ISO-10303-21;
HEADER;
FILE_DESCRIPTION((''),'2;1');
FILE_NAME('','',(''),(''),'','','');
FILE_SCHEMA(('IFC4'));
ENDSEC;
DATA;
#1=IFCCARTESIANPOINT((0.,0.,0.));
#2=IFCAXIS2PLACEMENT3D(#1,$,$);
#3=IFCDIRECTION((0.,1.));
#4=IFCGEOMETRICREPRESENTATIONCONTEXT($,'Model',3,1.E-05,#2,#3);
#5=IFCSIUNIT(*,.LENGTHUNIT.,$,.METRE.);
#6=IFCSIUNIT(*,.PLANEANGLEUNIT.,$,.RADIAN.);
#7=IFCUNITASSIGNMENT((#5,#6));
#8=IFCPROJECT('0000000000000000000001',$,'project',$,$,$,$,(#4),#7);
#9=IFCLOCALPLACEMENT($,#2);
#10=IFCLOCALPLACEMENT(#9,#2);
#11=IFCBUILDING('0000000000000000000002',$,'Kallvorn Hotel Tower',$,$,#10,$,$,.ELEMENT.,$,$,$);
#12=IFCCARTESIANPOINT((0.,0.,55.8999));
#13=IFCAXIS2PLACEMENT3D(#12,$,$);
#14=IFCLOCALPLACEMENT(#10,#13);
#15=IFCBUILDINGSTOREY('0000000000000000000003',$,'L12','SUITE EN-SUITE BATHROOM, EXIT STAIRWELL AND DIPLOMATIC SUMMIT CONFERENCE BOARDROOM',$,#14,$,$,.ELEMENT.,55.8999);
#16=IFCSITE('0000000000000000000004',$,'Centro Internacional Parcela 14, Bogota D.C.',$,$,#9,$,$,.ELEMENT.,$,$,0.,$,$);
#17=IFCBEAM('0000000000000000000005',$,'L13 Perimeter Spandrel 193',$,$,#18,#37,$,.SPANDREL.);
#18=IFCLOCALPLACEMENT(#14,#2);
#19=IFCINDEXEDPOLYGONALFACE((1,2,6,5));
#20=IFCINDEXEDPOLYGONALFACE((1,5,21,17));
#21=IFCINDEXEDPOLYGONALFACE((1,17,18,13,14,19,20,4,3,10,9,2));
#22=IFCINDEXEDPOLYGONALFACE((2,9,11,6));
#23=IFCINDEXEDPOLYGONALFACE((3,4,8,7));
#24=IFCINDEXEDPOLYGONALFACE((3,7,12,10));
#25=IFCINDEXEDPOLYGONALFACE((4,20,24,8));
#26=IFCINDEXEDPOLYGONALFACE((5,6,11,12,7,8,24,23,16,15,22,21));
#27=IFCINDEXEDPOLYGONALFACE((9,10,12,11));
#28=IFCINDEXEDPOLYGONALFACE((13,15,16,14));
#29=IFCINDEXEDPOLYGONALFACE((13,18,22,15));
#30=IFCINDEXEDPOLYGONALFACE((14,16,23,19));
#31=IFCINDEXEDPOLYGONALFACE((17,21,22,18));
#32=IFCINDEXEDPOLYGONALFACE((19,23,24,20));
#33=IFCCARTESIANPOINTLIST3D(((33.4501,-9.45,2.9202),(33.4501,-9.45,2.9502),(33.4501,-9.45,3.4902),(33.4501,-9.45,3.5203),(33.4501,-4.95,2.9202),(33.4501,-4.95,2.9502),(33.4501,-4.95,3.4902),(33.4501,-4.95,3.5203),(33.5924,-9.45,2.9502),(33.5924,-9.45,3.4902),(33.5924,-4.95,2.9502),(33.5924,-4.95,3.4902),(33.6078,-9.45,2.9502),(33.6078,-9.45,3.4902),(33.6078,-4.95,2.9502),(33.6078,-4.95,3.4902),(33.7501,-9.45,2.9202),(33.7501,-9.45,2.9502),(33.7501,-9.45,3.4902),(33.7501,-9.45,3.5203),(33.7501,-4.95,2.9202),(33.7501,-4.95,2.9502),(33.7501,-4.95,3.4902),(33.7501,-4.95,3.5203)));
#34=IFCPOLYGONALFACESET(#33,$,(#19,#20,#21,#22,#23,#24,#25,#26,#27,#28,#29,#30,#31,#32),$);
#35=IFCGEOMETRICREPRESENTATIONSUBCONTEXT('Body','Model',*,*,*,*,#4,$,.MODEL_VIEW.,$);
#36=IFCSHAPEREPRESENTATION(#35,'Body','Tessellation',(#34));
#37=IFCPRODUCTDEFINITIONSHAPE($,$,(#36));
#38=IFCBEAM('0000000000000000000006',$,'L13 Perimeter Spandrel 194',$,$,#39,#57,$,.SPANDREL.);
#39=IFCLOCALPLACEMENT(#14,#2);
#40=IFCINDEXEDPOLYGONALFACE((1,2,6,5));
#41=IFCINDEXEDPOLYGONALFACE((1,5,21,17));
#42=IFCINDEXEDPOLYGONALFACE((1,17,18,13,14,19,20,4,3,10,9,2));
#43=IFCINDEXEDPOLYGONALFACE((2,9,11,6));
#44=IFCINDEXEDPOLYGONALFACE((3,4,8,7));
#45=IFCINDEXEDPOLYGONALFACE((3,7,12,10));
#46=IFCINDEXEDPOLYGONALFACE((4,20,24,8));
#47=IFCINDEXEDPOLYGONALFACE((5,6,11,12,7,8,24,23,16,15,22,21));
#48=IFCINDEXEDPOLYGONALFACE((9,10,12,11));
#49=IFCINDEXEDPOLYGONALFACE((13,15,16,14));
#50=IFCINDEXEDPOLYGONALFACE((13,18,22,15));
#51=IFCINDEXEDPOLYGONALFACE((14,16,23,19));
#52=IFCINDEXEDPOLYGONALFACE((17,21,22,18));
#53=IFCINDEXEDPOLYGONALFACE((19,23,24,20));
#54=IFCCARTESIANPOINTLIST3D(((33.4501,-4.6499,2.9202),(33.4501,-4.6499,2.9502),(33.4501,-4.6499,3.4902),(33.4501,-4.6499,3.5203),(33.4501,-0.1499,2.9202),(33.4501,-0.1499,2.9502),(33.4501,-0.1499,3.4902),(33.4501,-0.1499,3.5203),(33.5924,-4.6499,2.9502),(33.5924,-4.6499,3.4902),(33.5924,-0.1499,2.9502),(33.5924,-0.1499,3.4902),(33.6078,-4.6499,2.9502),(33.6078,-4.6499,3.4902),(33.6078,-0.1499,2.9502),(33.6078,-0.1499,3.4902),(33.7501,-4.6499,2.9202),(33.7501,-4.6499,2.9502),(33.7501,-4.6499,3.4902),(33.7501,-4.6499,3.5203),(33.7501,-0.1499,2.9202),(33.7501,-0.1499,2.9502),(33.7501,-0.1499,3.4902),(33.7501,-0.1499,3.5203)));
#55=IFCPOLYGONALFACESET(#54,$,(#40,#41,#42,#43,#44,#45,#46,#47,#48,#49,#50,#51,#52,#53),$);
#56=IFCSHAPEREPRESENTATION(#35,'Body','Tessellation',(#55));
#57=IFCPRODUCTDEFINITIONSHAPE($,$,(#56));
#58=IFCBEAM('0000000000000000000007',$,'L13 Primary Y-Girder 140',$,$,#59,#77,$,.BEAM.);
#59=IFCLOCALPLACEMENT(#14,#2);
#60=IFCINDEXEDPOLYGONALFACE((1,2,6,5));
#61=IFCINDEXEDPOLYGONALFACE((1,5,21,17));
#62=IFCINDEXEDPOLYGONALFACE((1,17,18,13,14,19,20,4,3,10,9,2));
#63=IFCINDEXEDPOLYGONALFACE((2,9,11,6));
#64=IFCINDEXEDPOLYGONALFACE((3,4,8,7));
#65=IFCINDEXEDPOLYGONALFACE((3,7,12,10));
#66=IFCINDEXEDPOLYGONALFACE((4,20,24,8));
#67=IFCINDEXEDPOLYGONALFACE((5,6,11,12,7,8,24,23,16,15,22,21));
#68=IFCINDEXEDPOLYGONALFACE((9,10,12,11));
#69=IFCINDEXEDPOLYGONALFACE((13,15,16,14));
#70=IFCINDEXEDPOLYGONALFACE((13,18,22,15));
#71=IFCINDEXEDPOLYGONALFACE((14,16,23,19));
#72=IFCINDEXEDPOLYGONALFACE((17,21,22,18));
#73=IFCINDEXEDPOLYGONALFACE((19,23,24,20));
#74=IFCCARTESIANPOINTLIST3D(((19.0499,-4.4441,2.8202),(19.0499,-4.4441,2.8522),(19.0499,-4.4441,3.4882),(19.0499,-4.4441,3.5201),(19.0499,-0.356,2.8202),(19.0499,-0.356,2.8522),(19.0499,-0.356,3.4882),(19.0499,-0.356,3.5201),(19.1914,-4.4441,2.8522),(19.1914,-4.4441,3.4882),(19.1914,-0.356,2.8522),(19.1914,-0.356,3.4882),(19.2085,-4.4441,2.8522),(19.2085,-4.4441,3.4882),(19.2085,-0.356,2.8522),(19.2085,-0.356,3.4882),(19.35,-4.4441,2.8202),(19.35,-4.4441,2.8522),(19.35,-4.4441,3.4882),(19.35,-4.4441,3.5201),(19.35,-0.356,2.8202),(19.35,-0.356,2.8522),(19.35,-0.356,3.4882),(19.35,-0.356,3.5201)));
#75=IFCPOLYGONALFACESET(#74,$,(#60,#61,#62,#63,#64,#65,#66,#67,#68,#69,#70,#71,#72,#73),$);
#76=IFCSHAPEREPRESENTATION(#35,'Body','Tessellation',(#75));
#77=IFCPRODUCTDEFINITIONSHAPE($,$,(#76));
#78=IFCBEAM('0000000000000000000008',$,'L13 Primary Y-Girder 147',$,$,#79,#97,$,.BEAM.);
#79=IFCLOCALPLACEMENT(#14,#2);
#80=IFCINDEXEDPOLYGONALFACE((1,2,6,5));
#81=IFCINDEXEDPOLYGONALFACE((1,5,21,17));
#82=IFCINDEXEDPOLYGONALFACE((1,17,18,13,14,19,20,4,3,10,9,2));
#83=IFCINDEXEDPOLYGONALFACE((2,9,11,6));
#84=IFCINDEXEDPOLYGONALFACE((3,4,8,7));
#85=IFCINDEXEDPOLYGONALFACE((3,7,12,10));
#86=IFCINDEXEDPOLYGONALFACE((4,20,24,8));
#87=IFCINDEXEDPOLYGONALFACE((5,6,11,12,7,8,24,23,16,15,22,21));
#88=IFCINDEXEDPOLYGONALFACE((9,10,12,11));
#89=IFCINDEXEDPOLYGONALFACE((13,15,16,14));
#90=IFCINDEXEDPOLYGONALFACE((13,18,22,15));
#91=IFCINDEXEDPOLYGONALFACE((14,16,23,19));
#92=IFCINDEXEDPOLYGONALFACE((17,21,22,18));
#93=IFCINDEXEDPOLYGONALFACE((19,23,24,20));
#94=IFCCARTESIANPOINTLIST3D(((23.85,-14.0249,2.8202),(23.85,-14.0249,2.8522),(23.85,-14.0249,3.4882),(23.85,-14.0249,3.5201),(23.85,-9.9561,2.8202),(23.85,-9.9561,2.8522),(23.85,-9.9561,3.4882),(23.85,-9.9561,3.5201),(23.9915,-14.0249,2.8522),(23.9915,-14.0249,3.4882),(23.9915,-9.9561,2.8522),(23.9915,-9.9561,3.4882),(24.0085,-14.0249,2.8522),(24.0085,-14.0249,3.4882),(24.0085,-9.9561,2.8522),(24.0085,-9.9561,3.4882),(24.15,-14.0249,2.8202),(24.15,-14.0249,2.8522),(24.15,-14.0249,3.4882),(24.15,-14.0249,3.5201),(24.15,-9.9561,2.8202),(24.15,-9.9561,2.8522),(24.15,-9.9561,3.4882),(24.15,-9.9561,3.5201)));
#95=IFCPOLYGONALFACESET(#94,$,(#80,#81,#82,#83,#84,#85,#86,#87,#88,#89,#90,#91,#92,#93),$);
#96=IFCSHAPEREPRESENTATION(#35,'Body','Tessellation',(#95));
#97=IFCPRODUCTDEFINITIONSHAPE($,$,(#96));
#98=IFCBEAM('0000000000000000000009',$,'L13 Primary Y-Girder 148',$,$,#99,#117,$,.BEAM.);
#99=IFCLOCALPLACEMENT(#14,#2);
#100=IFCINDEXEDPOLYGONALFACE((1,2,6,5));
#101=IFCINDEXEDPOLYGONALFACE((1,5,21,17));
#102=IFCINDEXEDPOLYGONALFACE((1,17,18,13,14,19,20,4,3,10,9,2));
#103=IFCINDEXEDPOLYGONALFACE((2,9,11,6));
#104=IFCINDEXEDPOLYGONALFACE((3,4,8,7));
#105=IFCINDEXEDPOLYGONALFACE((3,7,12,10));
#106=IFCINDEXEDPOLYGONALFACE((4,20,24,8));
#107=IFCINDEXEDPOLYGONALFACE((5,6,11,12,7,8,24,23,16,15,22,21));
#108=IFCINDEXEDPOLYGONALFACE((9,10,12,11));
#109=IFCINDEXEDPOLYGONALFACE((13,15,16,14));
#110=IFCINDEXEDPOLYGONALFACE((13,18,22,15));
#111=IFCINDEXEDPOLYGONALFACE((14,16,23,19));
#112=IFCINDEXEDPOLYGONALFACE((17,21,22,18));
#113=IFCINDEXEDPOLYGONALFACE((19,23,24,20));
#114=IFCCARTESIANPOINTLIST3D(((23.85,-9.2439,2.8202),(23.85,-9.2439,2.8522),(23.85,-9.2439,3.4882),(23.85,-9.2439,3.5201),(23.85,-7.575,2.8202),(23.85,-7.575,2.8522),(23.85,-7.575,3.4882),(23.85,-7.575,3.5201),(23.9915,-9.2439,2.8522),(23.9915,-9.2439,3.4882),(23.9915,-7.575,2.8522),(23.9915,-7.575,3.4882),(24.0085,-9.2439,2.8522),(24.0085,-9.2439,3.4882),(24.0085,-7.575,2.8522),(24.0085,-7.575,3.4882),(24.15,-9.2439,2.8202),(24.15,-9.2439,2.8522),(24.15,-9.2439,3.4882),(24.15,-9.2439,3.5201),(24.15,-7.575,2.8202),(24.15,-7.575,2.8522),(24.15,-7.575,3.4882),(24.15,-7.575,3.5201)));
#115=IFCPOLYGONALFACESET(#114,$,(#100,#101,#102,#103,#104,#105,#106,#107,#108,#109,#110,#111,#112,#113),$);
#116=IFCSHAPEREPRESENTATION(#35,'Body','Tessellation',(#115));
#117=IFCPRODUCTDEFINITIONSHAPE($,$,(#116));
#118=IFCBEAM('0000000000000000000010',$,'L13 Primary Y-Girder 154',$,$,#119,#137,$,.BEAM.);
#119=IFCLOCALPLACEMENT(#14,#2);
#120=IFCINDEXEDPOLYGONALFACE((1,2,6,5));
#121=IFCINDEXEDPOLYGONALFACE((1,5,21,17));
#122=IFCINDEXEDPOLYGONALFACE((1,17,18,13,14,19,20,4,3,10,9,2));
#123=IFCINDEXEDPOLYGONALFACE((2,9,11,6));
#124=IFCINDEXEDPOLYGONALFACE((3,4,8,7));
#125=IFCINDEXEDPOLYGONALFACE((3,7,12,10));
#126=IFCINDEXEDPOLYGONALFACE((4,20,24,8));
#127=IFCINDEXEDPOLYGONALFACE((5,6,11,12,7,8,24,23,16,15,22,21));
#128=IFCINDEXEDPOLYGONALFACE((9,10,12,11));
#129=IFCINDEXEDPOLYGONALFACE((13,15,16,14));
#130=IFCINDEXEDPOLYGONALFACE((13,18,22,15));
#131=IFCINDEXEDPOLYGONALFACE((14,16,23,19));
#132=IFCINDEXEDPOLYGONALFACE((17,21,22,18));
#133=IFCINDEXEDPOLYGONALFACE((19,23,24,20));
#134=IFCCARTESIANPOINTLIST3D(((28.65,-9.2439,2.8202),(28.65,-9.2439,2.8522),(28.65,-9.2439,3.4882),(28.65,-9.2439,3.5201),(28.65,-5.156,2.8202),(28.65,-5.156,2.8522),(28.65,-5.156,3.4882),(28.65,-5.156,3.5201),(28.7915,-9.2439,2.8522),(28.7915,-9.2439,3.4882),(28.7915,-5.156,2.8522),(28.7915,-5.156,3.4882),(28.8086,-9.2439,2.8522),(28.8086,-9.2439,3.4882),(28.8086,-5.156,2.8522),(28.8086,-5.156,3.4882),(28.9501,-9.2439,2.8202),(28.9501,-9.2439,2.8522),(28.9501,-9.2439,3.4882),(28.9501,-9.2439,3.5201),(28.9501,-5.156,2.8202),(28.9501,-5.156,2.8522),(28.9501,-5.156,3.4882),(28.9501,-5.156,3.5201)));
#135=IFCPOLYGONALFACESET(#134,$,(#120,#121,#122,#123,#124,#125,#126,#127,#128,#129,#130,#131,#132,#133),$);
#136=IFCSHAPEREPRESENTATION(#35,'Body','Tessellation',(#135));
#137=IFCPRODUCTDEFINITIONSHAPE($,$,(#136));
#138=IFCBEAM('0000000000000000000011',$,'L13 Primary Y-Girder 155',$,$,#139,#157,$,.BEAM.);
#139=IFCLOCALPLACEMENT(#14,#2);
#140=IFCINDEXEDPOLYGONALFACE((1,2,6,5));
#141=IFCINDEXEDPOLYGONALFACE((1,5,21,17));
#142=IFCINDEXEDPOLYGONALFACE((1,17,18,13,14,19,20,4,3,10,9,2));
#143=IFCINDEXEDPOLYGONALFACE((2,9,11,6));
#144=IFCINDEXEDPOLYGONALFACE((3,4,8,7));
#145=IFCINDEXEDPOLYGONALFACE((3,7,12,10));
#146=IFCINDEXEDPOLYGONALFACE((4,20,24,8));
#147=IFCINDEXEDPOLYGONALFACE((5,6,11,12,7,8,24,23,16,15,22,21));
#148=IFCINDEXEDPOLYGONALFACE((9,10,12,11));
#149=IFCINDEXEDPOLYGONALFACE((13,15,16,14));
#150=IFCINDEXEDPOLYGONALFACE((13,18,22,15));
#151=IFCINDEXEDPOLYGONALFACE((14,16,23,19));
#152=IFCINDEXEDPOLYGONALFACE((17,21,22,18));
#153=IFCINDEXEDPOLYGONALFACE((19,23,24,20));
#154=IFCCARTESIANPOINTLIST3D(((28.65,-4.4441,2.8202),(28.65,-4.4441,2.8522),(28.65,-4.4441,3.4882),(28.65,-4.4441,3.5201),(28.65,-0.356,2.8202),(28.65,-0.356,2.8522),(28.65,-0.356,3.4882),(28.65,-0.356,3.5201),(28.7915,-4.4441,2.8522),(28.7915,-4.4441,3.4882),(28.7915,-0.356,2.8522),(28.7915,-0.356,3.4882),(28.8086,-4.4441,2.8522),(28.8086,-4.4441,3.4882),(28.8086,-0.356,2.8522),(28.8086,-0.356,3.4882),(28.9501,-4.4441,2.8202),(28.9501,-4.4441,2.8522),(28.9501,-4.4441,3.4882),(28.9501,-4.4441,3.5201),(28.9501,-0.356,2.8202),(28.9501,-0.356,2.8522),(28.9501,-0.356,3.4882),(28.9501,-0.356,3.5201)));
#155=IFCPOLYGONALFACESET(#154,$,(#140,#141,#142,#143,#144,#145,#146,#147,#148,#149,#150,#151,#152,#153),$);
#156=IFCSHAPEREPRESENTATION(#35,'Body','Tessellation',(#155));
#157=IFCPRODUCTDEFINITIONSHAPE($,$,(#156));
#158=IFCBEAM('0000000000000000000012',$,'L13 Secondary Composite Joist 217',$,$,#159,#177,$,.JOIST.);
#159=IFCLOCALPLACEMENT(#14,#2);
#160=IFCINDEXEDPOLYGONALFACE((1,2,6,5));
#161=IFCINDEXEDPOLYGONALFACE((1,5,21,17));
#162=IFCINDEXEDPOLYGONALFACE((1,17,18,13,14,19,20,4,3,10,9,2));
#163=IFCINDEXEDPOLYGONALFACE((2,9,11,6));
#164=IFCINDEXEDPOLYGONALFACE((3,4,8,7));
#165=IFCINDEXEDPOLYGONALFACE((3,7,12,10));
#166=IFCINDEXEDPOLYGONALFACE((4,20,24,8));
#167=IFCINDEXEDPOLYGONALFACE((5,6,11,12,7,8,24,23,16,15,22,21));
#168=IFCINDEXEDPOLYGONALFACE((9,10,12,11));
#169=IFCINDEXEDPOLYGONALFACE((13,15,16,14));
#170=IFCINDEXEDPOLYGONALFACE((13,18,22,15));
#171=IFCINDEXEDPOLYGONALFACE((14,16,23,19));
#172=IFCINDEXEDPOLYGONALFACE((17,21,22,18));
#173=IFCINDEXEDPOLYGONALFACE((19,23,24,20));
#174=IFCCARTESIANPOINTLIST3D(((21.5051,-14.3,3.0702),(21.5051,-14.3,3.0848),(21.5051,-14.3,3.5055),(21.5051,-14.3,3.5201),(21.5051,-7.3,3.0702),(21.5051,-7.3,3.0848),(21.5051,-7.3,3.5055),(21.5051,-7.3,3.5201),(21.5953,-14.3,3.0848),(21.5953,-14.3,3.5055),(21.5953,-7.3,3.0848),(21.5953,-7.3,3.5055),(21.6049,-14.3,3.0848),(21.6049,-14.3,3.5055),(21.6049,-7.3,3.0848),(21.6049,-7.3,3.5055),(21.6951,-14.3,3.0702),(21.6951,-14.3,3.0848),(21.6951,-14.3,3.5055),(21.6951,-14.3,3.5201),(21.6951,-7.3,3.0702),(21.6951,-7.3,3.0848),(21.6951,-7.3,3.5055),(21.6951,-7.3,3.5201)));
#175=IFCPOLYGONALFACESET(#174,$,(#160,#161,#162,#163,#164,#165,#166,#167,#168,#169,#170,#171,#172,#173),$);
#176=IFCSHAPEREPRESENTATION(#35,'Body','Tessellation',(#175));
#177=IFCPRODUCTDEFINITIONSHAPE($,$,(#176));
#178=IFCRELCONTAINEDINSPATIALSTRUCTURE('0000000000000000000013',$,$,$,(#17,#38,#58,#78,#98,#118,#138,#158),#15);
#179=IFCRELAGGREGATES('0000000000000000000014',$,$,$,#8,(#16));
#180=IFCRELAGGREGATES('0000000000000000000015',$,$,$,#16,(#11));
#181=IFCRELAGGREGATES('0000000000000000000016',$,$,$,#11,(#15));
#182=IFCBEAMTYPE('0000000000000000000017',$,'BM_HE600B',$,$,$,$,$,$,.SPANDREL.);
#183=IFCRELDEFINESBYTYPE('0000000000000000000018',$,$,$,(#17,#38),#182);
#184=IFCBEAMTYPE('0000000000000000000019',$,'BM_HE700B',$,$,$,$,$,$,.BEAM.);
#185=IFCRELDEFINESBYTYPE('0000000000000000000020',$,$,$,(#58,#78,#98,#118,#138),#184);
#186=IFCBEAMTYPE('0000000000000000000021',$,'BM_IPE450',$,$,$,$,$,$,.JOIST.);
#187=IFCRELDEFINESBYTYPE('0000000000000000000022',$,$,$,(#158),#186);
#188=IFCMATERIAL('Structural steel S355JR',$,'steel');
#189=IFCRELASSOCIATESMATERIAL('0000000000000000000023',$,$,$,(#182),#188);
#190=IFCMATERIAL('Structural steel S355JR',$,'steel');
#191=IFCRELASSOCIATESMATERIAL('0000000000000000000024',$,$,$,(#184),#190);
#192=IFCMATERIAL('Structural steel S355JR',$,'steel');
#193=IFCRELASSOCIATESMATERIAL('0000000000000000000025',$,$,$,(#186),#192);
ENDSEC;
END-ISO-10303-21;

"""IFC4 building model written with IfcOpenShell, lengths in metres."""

from ifc_helpers import new_model, si_unit, direction, frame, origin, origin_2d, place, context, subcontext, project, spatial, i_section, extrude, material, material_profile, profile_set, type_object, element, save


model = new_model("IFC4")

# Units and contexts
model_context = context("Model", 3, precision=1e-05, world=origin(), true_north=direction((0.0, 1.0)))
body_context = subcontext(model_context, "Body", "Model", "MODEL_VIEW")
ifc_project = project(units=[si_unit("LENGTHUNIT", "METRE"), si_unit("PLANEANGLEUNIT", "RADIAN")], contexts=[model_context])

# Site, building, storey
site_placement = place(None, origin())
site = spatial("IfcSite", under=ifc_project, at=site_placement, Name="Centro Internacional Parcela 14, Bogota D.C.", CompositionType="ELEMENT", RefElevation=0.0)
building_placement = place(site_placement, origin())
building = spatial("IfcBuilding", under=site, at=building_placement, Name="Kallvorn Hotel Tower", CompositionType="ELEMENT")
storey_placement = place(building_placement, frame((0.0, 0.0, 55.8999)))
storey = spatial("IfcBuildingStorey", under=building, at=storey_placement, Name="L12", Description="SUITE EN-SUITE BATHROOM, EXIT STAIRWELL AND DIPLOMATIC SUMMIT CONFERENCE BOARDROOM", CompositionType="ELEMENT", Elevation=55.8999)

# Beams
ifc_material_1 = material(Name="Structural steel S355JR", Category="steel")
ifc_material_profile_1 = material_profile(ifc_material_1, i_section(OverallWidth=0.3, OverallDepth=0.6001, WebThickness=0.0154, FlangeThickness=0.03, at=origin_2d()), Name="HE 600 B")
ifc_profile_set_1 = profile_set([ifc_material_profile_1], Name="Structural steel S355JR")
beam_type_1 = type_object("IfcBeamType", Name="BM_HE600B", PredefinedType="SPANDREL", material=ifc_profile_set_1)
for number, where, z_axis, x_axis, name in (
    (1, (33.6001, -9.45, 3.2202), (0.0, 1.0, 0.0), (-1.0, 0.0, 0.0), "L13 Perimeter Spandrel 193"),
    (2, (33.6001, -4.6499, 3.2202), (0.0, 1.0, 0.0), (-1.0, 0.0, 0.0), "L13 Perimeter Spandrel 194"),
):
    element("IfcBeam", number, at=place(storey_placement, frame(where, z_axis=z_axis, x_axis=x_axis)), inside=storey, type_object=beam_type_1, Name=name, PredefinedType="SPANDREL", context=body_context, shape_type="SweptSolid", body=[
        extrude(i_section(OverallWidth=0.3, OverallDepth=0.6001, WebThickness=0.0154, FlangeThickness=0.03, at=origin_2d()), origin(), (0.0, 0.0, 1.0), 4.5),
    ])
ifc_material_2 = material(Name="Structural steel S355JR", Category="steel")
ifc_material_profile_2 = material_profile(ifc_material_2, i_section(OverallWidth=0.3, OverallDepth=0.7, WebThickness=0.0171, FlangeThickness=0.032, at=origin_2d()), Name="HE 700 B")
ifc_profile_set_2 = profile_set([ifc_material_profile_2], Name="Structural steel S355JR")
beam_type_2 = type_object("IfcBeamType", Name="BM_HE700B", PredefinedType="BEAM", material=ifc_profile_set_2)
beam_1_placement = place(storey_placement, frame((19.2, -4.4441, 3.1702), z_axis=(0.0, 1.0, 0.0), x_axis=(-1.0, 0.0, 0.0)))
element("IfcBeam", 3, at=beam_1_placement, inside=storey, type_object=beam_type_2, Name="L13 Primary Y-Girder 140", PredefinedType="BEAM", context=body_context, shape_type="SweptSolid", body=[
    extrude(i_section(OverallWidth=0.3, OverallDepth=0.7, WebThickness=0.0171, FlangeThickness=0.032, at=origin_2d()), origin(), (0.0, 0.0, 1.0), 4.0881),
])
beam_2_placement = place(storey_placement, frame((24.0, -14.0249, 3.1702), z_axis=(0.0, 1.0, 0.0), x_axis=(-1.0, 0.0, 0.0)))
element("IfcBeam", 4, at=beam_2_placement, inside=storey, type_object=beam_type_2, Name="L13 Primary Y-Girder 147", PredefinedType="BEAM", context=body_context, shape_type="SweptSolid", body=[
    extrude(i_section(OverallWidth=0.3, OverallDepth=0.7, WebThickness=0.0171, FlangeThickness=0.032, at=origin_2d()), origin(), (0.0, 0.0, 1.0), 4.0688),
])
beam_3_placement = place(storey_placement, frame((24.0, -9.2439, 3.1702), z_axis=(0.0, 1.0, 0.0), x_axis=(-1.0, 0.0, 0.0)))
element("IfcBeam", 5, at=beam_3_placement, inside=storey, type_object=beam_type_2, Name="L13 Primary Y-Girder 148", PredefinedType="BEAM", context=body_context, shape_type="SweptSolid", body=[
    extrude(i_section(OverallWidth=0.3, OverallDepth=0.7, WebThickness=0.0171, FlangeThickness=0.032, at=origin_2d()), origin(), (0.0, 0.0, 1.0), 1.6689),
])
beam_4_placement = place(storey_placement, frame((28.8, -9.2439, 3.1702), z_axis=(0.0, 1.0, 0.0), x_axis=(-1.0, 0.0, 0.0)))
element("IfcBeam", 6, at=beam_4_placement, inside=storey, type_object=beam_type_2, Name="L13 Primary Y-Girder 154", PredefinedType="BEAM", context=body_context, shape_type="SweptSolid", body=[
    extrude(i_section(OverallWidth=0.3, OverallDepth=0.7, WebThickness=0.0171, FlangeThickness=0.032, at=origin_2d()), origin(), (0.0, 0.0, 1.0), 4.0879),
])
beam_5_placement = place(storey_placement, frame((28.8, -4.4441, 3.1702), z_axis=(0.0, 1.0, 0.0), x_axis=(-1.0, 0.0, 0.0)))
element("IfcBeam", 7, at=beam_5_placement, inside=storey, type_object=beam_type_2, Name="L13 Primary Y-Girder 155", PredefinedType="BEAM", context=body_context, shape_type="SweptSolid", body=[
    extrude(i_section(OverallWidth=0.3, OverallDepth=0.7, WebThickness=0.0171, FlangeThickness=0.032, at=origin_2d()), origin(), (0.0, 0.0, 1.0), 4.0881),
])
ifc_material_3 = material(Name="Structural steel S355JR", Category="steel")
ifc_material_profile_3 = material_profile(ifc_material_3, i_section(OverallWidth=0.1899, OverallDepth=0.45, WebThickness=0.0095, FlangeThickness=0.0146, at=origin_2d()), Name="IPE 450")
ifc_profile_set_3 = profile_set([ifc_material_profile_3], Name="Structural steel S355JR")
beam_type_3 = type_object("IfcBeamType", Name="BM_IPE450", PredefinedType="JOIST", material=ifc_profile_set_3)
beam_6_placement = place(storey_placement, frame((21.6001, -14.3, 3.2952), z_axis=(0.0, 1.0, 0.0), x_axis=(-1.0, 0.0, 0.0)))
element("IfcBeam", 8, at=beam_6_placement, inside=storey, type_object=beam_type_3, Name="L13 Secondary Composite Joist 217", PredefinedType="JOIST", context=body_context, shape_type="SweptSolid", body=[
    extrude(i_section(OverallWidth=0.1899, OverallDepth=0.45, WebThickness=0.0095, FlangeThickness=0.0146, at=origin_2d()), origin(), (0.0, 0.0, 1.0), 7.0),
])

save(model, "model.ifc")
